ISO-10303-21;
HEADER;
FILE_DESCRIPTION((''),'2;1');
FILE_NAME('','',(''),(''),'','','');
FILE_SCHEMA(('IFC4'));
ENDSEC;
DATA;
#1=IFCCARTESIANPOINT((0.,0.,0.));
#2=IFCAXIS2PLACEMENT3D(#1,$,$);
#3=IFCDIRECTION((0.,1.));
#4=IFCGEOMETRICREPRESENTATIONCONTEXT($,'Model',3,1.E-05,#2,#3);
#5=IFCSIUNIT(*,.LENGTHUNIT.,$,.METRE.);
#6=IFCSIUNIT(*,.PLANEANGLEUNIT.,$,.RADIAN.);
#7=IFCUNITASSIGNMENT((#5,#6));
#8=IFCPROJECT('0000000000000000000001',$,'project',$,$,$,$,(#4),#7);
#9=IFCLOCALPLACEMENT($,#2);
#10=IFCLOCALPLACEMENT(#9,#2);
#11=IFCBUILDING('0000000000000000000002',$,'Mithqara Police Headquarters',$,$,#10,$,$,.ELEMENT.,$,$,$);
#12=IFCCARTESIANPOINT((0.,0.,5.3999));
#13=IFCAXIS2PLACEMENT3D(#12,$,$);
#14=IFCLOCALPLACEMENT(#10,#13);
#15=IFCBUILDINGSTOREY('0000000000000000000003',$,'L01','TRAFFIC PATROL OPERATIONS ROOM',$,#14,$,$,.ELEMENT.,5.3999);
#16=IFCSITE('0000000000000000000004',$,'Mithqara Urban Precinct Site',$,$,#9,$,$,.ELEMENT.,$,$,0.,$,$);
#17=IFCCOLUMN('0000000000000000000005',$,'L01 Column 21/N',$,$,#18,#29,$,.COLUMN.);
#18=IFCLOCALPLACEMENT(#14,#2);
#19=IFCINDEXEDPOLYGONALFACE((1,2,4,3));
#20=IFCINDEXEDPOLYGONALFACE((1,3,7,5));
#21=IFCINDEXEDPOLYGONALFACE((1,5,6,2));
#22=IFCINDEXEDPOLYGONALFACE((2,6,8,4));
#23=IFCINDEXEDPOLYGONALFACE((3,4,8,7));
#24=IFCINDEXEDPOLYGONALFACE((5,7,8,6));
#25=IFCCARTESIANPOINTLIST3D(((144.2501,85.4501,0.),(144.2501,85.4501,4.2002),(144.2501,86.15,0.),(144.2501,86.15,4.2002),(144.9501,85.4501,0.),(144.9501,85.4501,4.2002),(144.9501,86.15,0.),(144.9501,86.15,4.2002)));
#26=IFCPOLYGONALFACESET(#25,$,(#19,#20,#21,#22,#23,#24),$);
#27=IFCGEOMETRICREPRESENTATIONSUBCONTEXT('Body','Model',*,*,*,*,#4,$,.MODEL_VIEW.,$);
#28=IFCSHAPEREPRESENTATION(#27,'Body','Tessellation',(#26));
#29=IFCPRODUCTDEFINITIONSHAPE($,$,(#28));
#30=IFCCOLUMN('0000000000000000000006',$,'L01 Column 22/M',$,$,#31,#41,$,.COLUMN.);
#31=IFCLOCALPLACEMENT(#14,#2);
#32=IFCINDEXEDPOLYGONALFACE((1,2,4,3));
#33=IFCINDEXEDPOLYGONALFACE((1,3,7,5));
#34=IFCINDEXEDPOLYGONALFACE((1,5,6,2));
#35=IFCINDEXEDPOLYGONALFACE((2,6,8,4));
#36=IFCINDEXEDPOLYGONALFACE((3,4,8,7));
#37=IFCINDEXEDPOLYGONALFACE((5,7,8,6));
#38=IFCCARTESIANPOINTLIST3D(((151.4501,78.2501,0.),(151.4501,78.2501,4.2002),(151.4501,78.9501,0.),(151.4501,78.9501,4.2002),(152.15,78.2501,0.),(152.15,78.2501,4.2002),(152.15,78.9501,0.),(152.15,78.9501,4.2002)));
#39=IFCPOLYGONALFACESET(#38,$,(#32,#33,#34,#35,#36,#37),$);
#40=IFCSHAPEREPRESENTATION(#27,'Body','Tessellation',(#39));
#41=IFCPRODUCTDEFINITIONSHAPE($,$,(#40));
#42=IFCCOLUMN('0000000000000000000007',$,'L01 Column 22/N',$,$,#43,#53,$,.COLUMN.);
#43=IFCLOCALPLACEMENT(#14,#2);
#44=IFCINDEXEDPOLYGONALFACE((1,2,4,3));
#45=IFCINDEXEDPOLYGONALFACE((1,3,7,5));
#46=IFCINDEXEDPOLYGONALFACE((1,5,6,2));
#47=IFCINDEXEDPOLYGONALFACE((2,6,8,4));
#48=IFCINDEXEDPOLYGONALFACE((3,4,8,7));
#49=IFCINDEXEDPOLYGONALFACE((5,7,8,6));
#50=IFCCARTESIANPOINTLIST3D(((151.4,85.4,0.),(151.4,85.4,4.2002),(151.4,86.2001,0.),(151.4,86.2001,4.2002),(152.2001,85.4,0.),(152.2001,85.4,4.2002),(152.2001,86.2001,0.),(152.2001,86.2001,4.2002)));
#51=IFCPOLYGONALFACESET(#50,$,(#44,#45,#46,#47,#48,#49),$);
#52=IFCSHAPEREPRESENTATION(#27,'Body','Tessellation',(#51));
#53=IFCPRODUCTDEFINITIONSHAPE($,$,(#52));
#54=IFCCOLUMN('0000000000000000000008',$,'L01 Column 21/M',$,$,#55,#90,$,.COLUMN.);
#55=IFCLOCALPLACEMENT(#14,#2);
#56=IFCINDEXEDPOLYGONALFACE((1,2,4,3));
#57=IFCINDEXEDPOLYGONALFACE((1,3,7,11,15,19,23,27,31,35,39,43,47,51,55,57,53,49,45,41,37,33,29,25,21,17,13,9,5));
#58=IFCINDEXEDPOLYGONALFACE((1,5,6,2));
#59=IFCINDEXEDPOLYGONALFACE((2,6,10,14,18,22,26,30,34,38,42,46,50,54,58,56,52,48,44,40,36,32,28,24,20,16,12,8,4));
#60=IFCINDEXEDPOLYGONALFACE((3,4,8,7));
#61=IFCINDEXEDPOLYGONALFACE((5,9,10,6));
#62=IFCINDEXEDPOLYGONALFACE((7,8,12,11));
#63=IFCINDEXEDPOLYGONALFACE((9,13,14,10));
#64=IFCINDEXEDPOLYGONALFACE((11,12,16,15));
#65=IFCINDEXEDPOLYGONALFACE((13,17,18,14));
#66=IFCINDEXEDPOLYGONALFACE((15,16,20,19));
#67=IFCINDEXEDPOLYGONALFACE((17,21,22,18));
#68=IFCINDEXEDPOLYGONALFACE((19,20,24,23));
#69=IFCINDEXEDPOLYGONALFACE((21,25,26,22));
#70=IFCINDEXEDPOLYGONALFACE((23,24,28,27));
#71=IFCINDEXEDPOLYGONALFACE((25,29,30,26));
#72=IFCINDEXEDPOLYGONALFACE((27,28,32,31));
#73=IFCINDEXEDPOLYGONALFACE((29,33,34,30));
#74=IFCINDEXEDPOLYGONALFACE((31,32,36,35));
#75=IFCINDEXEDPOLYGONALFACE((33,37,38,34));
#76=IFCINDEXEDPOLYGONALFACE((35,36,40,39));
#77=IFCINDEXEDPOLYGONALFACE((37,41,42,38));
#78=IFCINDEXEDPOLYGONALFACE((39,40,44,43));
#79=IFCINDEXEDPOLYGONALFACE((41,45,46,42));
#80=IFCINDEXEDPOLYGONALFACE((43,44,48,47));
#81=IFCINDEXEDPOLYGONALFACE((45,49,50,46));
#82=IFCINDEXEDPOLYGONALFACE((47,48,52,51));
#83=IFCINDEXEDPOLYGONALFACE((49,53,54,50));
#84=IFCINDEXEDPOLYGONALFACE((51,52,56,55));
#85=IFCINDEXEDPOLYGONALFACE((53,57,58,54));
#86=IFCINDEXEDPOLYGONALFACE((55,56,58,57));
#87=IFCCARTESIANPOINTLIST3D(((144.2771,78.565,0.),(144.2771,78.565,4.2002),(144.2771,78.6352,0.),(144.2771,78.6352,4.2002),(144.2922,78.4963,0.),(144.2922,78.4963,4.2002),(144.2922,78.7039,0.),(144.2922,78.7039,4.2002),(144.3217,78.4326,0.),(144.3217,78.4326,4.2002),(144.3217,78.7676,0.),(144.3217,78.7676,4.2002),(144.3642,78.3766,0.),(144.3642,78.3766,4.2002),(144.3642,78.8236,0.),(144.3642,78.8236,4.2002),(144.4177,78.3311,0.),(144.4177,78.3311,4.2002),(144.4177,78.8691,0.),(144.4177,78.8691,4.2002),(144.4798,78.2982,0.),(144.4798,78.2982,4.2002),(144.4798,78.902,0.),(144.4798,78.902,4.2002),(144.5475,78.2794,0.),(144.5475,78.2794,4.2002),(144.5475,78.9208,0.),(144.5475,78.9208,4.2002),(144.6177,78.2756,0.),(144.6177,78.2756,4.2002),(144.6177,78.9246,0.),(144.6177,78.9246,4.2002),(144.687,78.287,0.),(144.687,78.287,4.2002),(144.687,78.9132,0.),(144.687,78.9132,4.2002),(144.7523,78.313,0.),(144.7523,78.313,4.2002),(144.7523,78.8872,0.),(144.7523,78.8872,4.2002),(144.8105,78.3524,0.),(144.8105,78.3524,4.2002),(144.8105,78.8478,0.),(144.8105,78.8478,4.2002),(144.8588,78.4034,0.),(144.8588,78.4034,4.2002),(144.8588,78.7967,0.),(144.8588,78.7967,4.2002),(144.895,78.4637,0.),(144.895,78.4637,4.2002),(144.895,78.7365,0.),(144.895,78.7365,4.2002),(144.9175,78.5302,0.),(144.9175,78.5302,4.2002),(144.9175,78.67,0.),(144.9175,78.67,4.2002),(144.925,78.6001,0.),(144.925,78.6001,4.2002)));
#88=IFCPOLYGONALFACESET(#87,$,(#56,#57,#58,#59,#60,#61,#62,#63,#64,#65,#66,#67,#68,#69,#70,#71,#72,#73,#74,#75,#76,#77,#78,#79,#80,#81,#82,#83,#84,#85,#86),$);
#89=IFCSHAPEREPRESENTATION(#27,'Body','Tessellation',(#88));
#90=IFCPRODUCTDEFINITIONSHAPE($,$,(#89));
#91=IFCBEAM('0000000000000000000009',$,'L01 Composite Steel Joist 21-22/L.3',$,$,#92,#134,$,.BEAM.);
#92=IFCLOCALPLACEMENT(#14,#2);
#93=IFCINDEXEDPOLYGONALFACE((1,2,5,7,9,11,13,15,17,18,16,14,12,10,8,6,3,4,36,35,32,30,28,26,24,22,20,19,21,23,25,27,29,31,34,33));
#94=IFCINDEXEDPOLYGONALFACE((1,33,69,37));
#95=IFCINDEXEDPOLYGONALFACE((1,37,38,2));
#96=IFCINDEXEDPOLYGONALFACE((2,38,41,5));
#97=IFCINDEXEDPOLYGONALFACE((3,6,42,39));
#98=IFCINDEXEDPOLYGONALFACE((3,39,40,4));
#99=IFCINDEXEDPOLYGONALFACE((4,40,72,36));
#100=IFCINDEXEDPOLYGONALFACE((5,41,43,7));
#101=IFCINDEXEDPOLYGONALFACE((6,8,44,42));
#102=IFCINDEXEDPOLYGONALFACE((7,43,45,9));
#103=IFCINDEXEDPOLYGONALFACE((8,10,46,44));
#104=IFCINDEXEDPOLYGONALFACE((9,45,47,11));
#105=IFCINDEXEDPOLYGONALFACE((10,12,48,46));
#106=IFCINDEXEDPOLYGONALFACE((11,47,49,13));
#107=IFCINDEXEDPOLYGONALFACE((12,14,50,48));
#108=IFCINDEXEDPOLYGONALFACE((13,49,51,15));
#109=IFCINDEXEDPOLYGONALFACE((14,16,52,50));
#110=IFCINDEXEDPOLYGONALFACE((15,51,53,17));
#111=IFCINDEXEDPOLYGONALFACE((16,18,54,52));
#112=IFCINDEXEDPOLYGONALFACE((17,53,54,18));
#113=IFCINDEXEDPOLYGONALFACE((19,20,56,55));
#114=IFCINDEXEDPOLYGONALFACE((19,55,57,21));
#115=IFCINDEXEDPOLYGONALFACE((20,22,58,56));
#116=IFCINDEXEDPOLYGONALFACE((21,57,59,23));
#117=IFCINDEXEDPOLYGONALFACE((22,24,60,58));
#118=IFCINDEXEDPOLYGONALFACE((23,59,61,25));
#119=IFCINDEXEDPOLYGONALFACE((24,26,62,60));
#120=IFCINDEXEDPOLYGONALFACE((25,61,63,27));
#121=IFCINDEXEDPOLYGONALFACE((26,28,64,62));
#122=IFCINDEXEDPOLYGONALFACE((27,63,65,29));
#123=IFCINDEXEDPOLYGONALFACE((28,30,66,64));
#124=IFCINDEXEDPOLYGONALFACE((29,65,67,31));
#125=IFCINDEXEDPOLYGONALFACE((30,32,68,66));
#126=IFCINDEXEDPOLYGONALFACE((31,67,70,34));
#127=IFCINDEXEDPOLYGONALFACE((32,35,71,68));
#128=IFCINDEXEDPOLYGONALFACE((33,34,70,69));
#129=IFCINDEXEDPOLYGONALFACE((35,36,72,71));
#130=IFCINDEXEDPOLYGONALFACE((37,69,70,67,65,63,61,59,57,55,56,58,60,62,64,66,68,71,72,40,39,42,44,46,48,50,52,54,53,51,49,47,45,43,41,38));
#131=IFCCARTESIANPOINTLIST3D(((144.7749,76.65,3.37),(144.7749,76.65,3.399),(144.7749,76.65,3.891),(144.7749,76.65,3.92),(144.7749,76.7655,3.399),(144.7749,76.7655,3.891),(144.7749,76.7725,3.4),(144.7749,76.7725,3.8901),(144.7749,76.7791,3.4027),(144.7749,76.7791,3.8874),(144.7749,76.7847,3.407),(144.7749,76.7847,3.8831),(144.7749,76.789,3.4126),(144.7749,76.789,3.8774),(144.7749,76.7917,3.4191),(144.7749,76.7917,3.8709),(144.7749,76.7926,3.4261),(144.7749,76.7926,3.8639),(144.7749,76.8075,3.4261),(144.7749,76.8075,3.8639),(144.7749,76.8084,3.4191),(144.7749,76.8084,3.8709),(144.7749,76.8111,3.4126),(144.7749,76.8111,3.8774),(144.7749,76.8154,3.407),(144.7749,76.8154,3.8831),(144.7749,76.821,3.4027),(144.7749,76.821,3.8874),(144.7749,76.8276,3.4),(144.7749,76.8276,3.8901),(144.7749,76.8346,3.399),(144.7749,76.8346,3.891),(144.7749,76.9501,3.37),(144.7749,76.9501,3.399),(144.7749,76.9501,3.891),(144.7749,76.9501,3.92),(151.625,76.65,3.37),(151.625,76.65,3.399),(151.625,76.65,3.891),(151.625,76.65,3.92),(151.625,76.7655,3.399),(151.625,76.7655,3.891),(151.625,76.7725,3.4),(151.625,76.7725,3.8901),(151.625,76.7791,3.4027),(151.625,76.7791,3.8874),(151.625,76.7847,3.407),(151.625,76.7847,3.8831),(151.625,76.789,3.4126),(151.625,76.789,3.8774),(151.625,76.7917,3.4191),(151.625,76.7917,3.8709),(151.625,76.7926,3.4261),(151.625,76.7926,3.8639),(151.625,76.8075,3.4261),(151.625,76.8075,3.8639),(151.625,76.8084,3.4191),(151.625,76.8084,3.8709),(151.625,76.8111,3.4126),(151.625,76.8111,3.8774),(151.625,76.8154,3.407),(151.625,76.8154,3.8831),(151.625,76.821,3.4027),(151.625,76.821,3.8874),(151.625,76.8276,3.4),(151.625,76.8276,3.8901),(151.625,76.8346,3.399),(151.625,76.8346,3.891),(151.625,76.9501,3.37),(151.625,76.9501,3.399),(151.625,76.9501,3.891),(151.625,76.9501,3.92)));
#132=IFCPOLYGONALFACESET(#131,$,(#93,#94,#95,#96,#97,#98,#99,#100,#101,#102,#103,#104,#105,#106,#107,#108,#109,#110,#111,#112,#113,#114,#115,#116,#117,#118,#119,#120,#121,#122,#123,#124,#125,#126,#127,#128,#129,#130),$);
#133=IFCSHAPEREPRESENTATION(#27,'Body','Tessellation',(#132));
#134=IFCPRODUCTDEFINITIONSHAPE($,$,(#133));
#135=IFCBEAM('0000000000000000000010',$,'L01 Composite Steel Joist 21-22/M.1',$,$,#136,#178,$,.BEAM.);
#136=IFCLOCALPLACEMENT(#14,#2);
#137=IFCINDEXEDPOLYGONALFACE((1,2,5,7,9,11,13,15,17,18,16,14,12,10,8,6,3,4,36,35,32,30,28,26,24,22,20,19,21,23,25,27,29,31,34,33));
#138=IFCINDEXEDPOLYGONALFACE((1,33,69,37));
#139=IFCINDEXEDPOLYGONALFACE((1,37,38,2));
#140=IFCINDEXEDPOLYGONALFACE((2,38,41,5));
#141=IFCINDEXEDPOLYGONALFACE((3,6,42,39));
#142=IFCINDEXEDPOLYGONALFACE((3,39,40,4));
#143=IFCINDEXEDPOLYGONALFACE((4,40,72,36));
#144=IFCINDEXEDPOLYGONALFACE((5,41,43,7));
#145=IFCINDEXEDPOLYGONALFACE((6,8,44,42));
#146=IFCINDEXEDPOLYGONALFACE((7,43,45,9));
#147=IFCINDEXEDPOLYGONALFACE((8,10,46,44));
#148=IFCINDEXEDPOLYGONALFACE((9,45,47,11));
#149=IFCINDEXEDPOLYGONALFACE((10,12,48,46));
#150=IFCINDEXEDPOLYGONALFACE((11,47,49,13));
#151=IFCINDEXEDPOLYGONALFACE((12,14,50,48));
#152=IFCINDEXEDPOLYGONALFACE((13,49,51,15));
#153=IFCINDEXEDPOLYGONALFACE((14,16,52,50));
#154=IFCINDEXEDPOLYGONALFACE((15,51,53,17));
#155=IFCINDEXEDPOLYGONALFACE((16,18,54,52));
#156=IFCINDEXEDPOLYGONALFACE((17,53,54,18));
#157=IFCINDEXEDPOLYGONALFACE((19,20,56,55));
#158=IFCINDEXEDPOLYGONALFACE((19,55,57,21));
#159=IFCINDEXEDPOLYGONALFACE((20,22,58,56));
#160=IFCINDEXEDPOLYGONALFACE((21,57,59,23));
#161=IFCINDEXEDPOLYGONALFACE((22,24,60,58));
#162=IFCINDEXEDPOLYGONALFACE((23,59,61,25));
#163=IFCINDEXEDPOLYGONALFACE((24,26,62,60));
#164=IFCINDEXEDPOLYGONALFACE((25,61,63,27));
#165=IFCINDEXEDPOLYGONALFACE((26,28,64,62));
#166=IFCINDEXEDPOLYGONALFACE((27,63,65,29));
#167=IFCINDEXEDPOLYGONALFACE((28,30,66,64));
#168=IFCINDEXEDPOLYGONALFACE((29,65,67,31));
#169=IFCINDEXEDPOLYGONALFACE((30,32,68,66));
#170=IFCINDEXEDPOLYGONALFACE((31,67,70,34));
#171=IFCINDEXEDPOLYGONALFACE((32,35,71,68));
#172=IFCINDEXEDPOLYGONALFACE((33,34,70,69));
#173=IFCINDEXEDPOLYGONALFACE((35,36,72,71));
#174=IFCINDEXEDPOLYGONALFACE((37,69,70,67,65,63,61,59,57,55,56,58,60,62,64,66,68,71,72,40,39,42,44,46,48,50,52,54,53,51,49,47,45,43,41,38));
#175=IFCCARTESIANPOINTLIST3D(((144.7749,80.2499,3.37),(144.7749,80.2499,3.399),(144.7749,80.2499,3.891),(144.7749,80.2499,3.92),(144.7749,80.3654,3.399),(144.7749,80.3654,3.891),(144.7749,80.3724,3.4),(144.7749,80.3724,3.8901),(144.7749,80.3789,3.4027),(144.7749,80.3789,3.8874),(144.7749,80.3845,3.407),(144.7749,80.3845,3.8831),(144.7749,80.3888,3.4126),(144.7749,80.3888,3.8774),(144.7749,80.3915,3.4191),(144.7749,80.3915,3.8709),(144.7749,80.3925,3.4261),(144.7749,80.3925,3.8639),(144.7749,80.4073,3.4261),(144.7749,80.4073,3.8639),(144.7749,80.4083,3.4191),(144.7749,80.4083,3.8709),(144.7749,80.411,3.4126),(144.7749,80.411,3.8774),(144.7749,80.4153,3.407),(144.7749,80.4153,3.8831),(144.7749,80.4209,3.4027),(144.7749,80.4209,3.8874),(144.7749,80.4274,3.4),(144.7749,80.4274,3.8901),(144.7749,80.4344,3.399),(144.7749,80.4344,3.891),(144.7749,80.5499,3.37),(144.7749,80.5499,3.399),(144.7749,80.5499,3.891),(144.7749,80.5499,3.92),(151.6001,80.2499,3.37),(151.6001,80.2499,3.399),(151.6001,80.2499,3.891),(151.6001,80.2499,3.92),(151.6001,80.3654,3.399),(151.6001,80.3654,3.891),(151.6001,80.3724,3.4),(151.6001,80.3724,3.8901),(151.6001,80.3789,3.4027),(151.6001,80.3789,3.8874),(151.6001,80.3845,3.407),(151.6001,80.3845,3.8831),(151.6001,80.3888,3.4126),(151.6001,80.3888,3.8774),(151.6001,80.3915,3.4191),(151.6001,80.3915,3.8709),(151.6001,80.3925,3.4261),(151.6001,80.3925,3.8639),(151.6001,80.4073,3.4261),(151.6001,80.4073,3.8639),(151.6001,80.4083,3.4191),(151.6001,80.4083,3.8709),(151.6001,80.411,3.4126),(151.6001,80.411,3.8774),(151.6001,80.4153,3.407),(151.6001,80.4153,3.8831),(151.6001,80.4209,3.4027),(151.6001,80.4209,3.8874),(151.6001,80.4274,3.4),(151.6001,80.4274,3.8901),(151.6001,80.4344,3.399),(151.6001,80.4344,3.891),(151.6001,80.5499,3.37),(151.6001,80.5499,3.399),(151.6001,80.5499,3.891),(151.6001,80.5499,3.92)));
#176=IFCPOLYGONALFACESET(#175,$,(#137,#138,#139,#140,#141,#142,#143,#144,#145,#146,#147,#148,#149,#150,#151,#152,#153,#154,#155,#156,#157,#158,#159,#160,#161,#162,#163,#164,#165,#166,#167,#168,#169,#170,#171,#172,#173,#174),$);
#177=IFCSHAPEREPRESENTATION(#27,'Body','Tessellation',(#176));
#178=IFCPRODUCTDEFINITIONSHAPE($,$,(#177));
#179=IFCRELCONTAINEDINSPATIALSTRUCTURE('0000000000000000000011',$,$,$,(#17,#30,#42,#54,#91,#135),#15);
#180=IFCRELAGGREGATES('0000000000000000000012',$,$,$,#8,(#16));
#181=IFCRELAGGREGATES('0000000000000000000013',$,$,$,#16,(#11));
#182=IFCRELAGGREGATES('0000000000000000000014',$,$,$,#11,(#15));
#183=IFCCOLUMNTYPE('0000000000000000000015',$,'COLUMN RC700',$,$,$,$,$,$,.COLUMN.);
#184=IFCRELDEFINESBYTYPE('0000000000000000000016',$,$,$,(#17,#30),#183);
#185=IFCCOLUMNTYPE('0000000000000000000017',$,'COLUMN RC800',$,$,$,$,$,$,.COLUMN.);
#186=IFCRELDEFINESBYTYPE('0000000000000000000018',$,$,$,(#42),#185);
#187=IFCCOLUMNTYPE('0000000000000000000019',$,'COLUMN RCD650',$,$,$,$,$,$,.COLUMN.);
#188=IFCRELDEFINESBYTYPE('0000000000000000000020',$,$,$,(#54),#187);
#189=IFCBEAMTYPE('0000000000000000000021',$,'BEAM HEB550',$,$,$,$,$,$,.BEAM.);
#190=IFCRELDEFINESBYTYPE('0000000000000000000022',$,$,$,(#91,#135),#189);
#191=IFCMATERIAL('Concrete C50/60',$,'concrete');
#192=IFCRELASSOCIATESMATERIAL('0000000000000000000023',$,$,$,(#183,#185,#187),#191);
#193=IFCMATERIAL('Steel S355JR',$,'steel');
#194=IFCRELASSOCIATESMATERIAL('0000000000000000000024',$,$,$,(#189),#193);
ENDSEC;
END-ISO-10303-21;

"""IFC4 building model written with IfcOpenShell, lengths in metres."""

from ifc_helpers import new_model, si_unit, direction, frame, origin, origin_2d, place, context, subcontext, project, spatial, rectangle, circle, i_section, extrude, material, material_profile, profile_set, type_object, element, save


model = new_model("IFC4")

# Units and contexts
model_context = context("Model", 3, precision=1e-05, world=origin(), true_north=direction((0.0, 1.0)))
body_context = subcontext(model_context, "Body", "Model", "MODEL_VIEW")
ifc_project = project(units=[si_unit("LENGTHUNIT", "METRE"), si_unit("PLANEANGLEUNIT", "RADIAN")], contexts=[model_context])

# Site, building, storey
site_placement = place(None, origin())
site = spatial("IfcSite", under=ifc_project, at=site_placement, Name="Mithqara Urban Precinct Site", CompositionType="ELEMENT", RefElevation=0.0)
building_placement = place(site_placement, origin())
building = spatial("IfcBuilding", under=site, at=building_placement, Name="Mithqara Police Headquarters", CompositionType="ELEMENT")
storey_placement = place(building_placement, frame((0.0, 0.0, 5.3999)))
storey = spatial("IfcBuildingStorey", under=building, at=storey_placement, Name="L01", Description="TRAFFIC PATROL OPERATIONS ROOM", CompositionType="ELEMENT", Elevation=5.3999)

# Columns
ifc_material_1 = material(Name="Concrete C50/60", Category="concrete")
ifc_material_profile_1 = material_profile(ifc_material_1, rectangle(XDim=0.7, YDim=0.7, at=origin_2d()), Name="RC 700x700")
ifc_profile_set_1 = profile_set([ifc_material_profile_1], Name="Concrete C50/60")
column_type_1 = type_object("IfcColumnType", Name="COLUMN RC700", PredefinedType="COLUMN", material=ifc_profile_set_1)
for number, where, z_axis, x_axis, name in (
    (1, (144.6001, 85.8, 0.0), (0.0, 0.0, 1.0), (1.0, 0.0, 0.0), "L01 Column 21/N"),
    (2, (151.8, 78.6001, 0.0), (0.0, 0.0, 1.0), (1.0, 0.0, 0.0), "L01 Column 22/M"),
):
    element("IfcColumn", number, at=place(storey_placement, frame(where, z_axis=z_axis, x_axis=x_axis)), inside=storey, type_object=column_type_1, Name=name, PredefinedType="COLUMN", context=body_context, shape_type="SweptSolid", body=[
        extrude(rectangle(XDim=0.7, YDim=0.7, at=origin_2d()), origin(), (0.0, 0.0, 1.0), 4.2002),
    ])
ifc_material_profile_2 = material_profile(ifc_material_1, rectangle(XDim=0.8, YDim=0.8, at=origin_2d()), Name="RC 800x800")
ifc_profile_set_2 = profile_set([ifc_material_profile_2], Name="Concrete C50/60")
column_type_2 = type_object("IfcColumnType", Name="COLUMN RC800", PredefinedType="COLUMN", material=ifc_profile_set_2)
column_1_placement = place(storey_placement, frame((151.8, 85.8, 0.0), z_axis=(0.0, 0.0, 1.0), x_axis=(1.0, 0.0, 0.0)))
element("IfcColumn", 3, at=column_1_placement, inside=storey, type_object=column_type_2, Name="L01 Column 22/N", PredefinedType="COLUMN", context=body_context, shape_type="SweptSolid", body=[
    extrude(rectangle(XDim=0.8, YDim=0.8, at=origin_2d()), origin(), (0.0, 0.0, 1.0), 4.2002),
])
ifc_material_profile_3 = material_profile(ifc_material_1, circle(Radius=0.325, at=origin_2d()), Name="RCD 650")
ifc_profile_set_3 = profile_set([ifc_material_profile_3], Name="Concrete C50/60")
column_type_3 = type_object("IfcColumnType", Name="COLUMN RCD650", PredefinedType="COLUMN", material=ifc_profile_set_3)
column_2_placement = place(storey_placement, frame((144.6001, 78.6001, 0.0), z_axis=(0.0, 0.0, 1.0), x_axis=(1.0, 0.0, 0.0)))
element("IfcColumn", 4, at=column_2_placement, inside=storey, type_object=column_type_3, Name="L01 Column 21/M", PredefinedType="COLUMN", context=body_context, shape_type="SweptSolid", body=[
    extrude(circle(Radius=0.325, at=origin_2d()), origin(), (0.0, 0.0, 1.0), 4.2002),
])

# Beams
ifc_material_2 = material(Name="Steel S355JR", Category="steel")
ifc_material_profile_4 = material_profile(ifc_material_2, i_section(OverallWidth=0.3, OverallDepth=0.55, WebThickness=0.0149, FlangeThickness=0.0291, FilletRadius=0.0271, at=origin_2d()), Name="HEB 550")
ifc_profile_set_4 = profile_set([ifc_material_profile_4], Name="Steel S355JR")
beam_type_1 = type_object("IfcBeamType", Name="BEAM HEB550", PredefinedType="BEAM", material=ifc_profile_set_4)
beam_1_placement = place(storey_placement, frame((144.7749, 76.8, 3.645), z_axis=(1.0, 0.0, 0.0), x_axis=(0.0, 1.0, 0.0)))
element("IfcBeam", 5, at=beam_1_placement, inside=storey, type_object=beam_type_1, Name="L01 Composite Steel Joist 21-22/L.3", PredefinedType="BEAM", context=body_context, shape_type="SweptSolid", body=[
    extrude(i_section(OverallWidth=0.3, OverallDepth=0.55, WebThickness=0.0149, FlangeThickness=0.0291, FilletRadius=0.0271, at=origin_2d()), origin(), (0.0, 0.0, 1.0), 6.8501),
])
for number, where, z_axis, x_axis, name in (
    (6, (144.7749, 80.3999, 3.645), (1.0, 0.0, 0.0), (0.0, 1.0, 0.0), "L01 Composite Steel Joist 21-22/M.1"),
):
    element("IfcBeam", number, at=place(storey_placement, frame(where, z_axis=z_axis, x_axis=x_axis)), inside=storey, type_object=beam_type_1, Name=name, PredefinedType="BEAM", context=body_context, shape_type="SweptSolid", body=[
        extrude(i_section(OverallWidth=0.3, OverallDepth=0.55, WebThickness=0.0149, FlangeThickness=0.0291, FilletRadius=0.0271, at=origin_2d()), origin(), (0.0, 0.0, 1.0), 6.8252),
    ])

save(model, "model.ifc")
